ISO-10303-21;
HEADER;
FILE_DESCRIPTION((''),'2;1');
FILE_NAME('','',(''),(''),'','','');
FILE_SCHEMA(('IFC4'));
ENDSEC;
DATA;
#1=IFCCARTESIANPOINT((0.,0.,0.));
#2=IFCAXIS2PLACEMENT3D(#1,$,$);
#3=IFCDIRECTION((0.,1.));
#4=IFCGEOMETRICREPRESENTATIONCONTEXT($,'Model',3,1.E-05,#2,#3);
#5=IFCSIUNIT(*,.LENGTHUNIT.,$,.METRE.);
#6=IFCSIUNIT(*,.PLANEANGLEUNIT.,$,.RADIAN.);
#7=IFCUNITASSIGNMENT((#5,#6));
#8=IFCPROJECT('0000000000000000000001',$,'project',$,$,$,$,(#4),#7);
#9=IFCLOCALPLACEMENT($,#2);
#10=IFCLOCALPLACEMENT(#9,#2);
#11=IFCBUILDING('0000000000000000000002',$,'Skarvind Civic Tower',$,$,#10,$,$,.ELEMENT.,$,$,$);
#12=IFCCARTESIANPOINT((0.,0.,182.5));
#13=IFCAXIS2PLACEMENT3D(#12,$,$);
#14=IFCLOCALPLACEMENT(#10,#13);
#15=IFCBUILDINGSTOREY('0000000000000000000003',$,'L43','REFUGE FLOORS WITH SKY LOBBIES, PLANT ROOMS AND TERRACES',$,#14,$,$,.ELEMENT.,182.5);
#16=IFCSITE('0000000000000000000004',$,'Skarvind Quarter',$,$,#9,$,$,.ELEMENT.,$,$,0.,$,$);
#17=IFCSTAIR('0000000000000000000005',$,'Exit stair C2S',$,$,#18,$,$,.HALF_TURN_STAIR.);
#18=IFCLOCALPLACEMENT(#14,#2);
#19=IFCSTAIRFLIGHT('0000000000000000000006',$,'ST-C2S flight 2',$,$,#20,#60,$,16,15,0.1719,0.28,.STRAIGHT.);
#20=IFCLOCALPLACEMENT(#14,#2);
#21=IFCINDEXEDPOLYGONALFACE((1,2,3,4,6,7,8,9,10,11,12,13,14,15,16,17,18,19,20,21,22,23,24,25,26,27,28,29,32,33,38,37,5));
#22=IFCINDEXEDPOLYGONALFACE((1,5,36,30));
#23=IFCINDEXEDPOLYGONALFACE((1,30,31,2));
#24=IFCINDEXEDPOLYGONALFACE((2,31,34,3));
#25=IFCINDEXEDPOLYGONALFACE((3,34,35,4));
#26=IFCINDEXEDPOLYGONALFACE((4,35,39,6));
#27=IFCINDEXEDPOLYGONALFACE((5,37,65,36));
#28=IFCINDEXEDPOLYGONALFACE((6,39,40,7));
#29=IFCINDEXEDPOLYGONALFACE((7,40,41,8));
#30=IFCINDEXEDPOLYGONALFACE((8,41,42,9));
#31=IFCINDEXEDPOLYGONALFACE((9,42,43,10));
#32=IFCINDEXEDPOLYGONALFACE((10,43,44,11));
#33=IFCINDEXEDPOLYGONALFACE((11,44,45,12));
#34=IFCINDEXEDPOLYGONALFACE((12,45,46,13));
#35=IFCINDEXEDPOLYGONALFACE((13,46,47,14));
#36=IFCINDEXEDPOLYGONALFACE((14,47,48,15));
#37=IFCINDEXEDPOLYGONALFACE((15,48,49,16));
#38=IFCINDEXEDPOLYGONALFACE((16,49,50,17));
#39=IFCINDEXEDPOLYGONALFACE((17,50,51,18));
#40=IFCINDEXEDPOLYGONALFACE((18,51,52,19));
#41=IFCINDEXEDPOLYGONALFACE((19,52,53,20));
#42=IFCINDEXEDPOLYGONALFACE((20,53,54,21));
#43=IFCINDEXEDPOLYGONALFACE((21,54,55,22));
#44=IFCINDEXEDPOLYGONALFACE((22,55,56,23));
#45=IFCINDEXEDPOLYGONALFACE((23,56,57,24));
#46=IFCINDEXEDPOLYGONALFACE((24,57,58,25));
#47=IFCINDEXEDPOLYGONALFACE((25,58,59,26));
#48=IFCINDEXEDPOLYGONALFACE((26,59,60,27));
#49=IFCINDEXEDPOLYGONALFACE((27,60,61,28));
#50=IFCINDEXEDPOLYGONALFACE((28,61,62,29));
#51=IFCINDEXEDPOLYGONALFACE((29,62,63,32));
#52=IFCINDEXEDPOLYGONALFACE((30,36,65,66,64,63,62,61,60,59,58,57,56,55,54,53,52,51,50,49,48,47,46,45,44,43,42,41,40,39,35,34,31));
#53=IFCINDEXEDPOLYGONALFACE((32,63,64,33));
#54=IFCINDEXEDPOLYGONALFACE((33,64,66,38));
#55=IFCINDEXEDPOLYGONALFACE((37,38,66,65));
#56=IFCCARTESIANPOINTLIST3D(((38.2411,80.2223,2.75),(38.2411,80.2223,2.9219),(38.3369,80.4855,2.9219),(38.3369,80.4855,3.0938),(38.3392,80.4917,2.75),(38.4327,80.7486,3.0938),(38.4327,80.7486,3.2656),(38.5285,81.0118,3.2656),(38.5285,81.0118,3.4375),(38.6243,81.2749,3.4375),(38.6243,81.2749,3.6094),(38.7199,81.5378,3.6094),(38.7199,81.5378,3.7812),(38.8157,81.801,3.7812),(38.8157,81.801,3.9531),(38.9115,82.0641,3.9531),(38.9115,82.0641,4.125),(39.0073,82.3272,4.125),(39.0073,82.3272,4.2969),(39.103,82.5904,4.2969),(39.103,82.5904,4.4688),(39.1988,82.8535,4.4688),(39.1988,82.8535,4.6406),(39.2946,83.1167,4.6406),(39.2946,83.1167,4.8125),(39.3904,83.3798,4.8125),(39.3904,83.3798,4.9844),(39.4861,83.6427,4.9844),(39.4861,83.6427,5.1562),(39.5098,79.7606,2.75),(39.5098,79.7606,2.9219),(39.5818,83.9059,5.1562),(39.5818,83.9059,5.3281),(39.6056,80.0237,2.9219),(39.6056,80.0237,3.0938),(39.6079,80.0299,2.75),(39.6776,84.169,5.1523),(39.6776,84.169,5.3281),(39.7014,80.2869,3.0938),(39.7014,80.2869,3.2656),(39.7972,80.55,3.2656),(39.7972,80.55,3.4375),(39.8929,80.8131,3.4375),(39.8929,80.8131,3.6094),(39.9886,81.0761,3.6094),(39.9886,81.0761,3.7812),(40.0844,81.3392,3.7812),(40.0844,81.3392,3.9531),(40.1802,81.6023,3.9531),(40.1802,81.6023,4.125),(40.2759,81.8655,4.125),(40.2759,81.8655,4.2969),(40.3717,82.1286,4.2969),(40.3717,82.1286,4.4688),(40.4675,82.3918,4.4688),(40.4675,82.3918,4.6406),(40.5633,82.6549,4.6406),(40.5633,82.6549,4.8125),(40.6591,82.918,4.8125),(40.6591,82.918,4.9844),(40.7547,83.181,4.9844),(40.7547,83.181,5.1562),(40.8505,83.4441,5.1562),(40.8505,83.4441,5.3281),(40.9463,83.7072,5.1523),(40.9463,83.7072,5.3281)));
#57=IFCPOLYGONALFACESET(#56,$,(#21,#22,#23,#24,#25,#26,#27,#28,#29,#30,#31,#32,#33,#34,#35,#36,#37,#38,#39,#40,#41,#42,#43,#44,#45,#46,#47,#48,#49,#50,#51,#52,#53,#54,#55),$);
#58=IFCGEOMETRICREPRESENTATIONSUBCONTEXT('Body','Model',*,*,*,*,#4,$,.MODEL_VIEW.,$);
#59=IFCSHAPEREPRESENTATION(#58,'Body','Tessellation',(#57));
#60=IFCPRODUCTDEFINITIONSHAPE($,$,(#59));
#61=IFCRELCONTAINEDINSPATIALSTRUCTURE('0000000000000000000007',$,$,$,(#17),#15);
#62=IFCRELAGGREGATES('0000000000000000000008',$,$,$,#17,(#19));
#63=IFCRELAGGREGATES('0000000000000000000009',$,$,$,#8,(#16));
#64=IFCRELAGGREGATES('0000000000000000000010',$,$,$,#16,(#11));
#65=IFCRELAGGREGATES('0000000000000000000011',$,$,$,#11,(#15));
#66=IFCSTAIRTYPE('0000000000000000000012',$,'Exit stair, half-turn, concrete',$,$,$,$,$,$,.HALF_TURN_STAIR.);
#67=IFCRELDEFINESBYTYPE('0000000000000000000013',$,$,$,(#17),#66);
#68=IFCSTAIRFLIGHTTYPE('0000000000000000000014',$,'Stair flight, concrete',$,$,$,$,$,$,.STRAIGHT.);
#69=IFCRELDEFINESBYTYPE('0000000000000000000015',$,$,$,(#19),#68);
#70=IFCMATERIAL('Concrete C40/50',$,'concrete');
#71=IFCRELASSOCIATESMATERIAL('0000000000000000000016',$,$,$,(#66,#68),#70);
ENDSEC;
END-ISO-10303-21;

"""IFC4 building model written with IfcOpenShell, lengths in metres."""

from ifc_helpers import new_model, si_unit, direction, frame, origin, place, context, subcontext, project, spatial, polyline, outline, extrude, material, type_object, element, aggregate, save


model = new_model("IFC4")

# Units and contexts
model_context = context("Model", 3, precision=1e-05, world=origin(), true_north=direction((0.0, 1.0)))
body_context = subcontext(model_context, "Body", "Model", "MODEL_VIEW")
ifc_project = project(units=[si_unit("LENGTHUNIT", "METRE"), si_unit("PLANEANGLEUNIT", "RADIAN")], contexts=[model_context])

# Site, building, storey
site_placement = place(None, origin())
site = spatial("IfcSite", under=ifc_project, at=site_placement, Name="Skarvind Quarter", CompositionType="ELEMENT", RefElevation=0.0)
building_placement = place(site_placement, origin())
building = spatial("IfcBuilding", under=site, at=building_placement, Name="Skarvind Civic Tower", CompositionType="ELEMENT")
storey_placement = place(building_placement, frame((0.0, 0.0, 182.5)))
storey = spatial("IfcBuildingStorey", under=building, at=storey_placement, Name="L43", Description="REFUGE FLOORS WITH SKY LOBBIES, PLANT ROOMS AND TERRACES", CompositionType="ELEMENT", Elevation=182.5)

# Stair, stair flight
ifc_material_1 = material(Name="Concrete C40/50", Category="concrete")
stair_type = type_object("IfcStairType", Name="Exit stair, half-turn, concrete", PredefinedType="HALF_TURN_STAIR", material=ifc_material_1)
stair_placement = place(storey_placement, origin())
stair = element("IfcStair", 1, at=stair_placement, inside=storey, type_object=stair_type, Name="Exit stair C2S", PredefinedType="HALF_TURN_STAIR")
stair_flight_type = type_object("IfcStairFlightType", Name="Stair flight, concrete", PredefinedType="STRAIGHT", material=ifc_material_1)
stair_flight_1_placement = place(storey_placement, frame((38.8755, 79.9915, 2.75), z_axis=(0.0, 0.0, 1.0), x_axis=(0.34202, 0.939693, 0.0)))
stair_flight_1 = element("IfcStairFlight", 2, at=stair_flight_1_placement, type_object=stair_flight_type, Name="ST-C2S flight 2", NumberOfRisers=16, NumberOfTreads=15, PredefinedType="STRAIGHT", RiserHeight=0.1719, TreadLength=0.28, context=body_context, shape_type="SweptSolid", body=[
    extrude(outline(polyline([(0.0, 0.0), (0.0, 0.1719), (0.28, 0.1719), (0.28, 0.3438), (0.5601, 0.3438), (0.5601, 0.5156), (0.8401, 0.5156), (0.8401, 0.6875), (1.1201, 0.6875), (1.1201, 0.8594), (1.3999, 0.8594), (1.3999, 1.0312), (1.6799, 1.0312), (1.6799, 1.2031), (1.96, 1.2031), (1.96, 1.375), (2.24, 1.375), (2.24, 1.5469), (2.52, 1.5469), (2.52, 1.7188), (2.8, 1.7188), (2.8, 1.8906), (3.0801, 1.8906), (3.0801, 2.0625), (3.3601, 2.0625), (3.3601, 2.2344), (3.6399, 2.2344), (3.6399, 2.4062), (3.9199, 2.4062), (3.9199, 2.5781), (4.2, 2.5781), (4.2, 2.75), (4.2, 2.4023), (0.2866, 0.0), (0.0, 0.0)])), frame((0.0, 0.675, 0.0), z_axis=(0.0, -1.0, 0.0), x_axis=(1.0, 0.0, 0.0)), (0.0, 0.0, 1.0), 1.3501),
])
aggregate(stair, [stair_flight_1])

save(model, "model.ifc")
